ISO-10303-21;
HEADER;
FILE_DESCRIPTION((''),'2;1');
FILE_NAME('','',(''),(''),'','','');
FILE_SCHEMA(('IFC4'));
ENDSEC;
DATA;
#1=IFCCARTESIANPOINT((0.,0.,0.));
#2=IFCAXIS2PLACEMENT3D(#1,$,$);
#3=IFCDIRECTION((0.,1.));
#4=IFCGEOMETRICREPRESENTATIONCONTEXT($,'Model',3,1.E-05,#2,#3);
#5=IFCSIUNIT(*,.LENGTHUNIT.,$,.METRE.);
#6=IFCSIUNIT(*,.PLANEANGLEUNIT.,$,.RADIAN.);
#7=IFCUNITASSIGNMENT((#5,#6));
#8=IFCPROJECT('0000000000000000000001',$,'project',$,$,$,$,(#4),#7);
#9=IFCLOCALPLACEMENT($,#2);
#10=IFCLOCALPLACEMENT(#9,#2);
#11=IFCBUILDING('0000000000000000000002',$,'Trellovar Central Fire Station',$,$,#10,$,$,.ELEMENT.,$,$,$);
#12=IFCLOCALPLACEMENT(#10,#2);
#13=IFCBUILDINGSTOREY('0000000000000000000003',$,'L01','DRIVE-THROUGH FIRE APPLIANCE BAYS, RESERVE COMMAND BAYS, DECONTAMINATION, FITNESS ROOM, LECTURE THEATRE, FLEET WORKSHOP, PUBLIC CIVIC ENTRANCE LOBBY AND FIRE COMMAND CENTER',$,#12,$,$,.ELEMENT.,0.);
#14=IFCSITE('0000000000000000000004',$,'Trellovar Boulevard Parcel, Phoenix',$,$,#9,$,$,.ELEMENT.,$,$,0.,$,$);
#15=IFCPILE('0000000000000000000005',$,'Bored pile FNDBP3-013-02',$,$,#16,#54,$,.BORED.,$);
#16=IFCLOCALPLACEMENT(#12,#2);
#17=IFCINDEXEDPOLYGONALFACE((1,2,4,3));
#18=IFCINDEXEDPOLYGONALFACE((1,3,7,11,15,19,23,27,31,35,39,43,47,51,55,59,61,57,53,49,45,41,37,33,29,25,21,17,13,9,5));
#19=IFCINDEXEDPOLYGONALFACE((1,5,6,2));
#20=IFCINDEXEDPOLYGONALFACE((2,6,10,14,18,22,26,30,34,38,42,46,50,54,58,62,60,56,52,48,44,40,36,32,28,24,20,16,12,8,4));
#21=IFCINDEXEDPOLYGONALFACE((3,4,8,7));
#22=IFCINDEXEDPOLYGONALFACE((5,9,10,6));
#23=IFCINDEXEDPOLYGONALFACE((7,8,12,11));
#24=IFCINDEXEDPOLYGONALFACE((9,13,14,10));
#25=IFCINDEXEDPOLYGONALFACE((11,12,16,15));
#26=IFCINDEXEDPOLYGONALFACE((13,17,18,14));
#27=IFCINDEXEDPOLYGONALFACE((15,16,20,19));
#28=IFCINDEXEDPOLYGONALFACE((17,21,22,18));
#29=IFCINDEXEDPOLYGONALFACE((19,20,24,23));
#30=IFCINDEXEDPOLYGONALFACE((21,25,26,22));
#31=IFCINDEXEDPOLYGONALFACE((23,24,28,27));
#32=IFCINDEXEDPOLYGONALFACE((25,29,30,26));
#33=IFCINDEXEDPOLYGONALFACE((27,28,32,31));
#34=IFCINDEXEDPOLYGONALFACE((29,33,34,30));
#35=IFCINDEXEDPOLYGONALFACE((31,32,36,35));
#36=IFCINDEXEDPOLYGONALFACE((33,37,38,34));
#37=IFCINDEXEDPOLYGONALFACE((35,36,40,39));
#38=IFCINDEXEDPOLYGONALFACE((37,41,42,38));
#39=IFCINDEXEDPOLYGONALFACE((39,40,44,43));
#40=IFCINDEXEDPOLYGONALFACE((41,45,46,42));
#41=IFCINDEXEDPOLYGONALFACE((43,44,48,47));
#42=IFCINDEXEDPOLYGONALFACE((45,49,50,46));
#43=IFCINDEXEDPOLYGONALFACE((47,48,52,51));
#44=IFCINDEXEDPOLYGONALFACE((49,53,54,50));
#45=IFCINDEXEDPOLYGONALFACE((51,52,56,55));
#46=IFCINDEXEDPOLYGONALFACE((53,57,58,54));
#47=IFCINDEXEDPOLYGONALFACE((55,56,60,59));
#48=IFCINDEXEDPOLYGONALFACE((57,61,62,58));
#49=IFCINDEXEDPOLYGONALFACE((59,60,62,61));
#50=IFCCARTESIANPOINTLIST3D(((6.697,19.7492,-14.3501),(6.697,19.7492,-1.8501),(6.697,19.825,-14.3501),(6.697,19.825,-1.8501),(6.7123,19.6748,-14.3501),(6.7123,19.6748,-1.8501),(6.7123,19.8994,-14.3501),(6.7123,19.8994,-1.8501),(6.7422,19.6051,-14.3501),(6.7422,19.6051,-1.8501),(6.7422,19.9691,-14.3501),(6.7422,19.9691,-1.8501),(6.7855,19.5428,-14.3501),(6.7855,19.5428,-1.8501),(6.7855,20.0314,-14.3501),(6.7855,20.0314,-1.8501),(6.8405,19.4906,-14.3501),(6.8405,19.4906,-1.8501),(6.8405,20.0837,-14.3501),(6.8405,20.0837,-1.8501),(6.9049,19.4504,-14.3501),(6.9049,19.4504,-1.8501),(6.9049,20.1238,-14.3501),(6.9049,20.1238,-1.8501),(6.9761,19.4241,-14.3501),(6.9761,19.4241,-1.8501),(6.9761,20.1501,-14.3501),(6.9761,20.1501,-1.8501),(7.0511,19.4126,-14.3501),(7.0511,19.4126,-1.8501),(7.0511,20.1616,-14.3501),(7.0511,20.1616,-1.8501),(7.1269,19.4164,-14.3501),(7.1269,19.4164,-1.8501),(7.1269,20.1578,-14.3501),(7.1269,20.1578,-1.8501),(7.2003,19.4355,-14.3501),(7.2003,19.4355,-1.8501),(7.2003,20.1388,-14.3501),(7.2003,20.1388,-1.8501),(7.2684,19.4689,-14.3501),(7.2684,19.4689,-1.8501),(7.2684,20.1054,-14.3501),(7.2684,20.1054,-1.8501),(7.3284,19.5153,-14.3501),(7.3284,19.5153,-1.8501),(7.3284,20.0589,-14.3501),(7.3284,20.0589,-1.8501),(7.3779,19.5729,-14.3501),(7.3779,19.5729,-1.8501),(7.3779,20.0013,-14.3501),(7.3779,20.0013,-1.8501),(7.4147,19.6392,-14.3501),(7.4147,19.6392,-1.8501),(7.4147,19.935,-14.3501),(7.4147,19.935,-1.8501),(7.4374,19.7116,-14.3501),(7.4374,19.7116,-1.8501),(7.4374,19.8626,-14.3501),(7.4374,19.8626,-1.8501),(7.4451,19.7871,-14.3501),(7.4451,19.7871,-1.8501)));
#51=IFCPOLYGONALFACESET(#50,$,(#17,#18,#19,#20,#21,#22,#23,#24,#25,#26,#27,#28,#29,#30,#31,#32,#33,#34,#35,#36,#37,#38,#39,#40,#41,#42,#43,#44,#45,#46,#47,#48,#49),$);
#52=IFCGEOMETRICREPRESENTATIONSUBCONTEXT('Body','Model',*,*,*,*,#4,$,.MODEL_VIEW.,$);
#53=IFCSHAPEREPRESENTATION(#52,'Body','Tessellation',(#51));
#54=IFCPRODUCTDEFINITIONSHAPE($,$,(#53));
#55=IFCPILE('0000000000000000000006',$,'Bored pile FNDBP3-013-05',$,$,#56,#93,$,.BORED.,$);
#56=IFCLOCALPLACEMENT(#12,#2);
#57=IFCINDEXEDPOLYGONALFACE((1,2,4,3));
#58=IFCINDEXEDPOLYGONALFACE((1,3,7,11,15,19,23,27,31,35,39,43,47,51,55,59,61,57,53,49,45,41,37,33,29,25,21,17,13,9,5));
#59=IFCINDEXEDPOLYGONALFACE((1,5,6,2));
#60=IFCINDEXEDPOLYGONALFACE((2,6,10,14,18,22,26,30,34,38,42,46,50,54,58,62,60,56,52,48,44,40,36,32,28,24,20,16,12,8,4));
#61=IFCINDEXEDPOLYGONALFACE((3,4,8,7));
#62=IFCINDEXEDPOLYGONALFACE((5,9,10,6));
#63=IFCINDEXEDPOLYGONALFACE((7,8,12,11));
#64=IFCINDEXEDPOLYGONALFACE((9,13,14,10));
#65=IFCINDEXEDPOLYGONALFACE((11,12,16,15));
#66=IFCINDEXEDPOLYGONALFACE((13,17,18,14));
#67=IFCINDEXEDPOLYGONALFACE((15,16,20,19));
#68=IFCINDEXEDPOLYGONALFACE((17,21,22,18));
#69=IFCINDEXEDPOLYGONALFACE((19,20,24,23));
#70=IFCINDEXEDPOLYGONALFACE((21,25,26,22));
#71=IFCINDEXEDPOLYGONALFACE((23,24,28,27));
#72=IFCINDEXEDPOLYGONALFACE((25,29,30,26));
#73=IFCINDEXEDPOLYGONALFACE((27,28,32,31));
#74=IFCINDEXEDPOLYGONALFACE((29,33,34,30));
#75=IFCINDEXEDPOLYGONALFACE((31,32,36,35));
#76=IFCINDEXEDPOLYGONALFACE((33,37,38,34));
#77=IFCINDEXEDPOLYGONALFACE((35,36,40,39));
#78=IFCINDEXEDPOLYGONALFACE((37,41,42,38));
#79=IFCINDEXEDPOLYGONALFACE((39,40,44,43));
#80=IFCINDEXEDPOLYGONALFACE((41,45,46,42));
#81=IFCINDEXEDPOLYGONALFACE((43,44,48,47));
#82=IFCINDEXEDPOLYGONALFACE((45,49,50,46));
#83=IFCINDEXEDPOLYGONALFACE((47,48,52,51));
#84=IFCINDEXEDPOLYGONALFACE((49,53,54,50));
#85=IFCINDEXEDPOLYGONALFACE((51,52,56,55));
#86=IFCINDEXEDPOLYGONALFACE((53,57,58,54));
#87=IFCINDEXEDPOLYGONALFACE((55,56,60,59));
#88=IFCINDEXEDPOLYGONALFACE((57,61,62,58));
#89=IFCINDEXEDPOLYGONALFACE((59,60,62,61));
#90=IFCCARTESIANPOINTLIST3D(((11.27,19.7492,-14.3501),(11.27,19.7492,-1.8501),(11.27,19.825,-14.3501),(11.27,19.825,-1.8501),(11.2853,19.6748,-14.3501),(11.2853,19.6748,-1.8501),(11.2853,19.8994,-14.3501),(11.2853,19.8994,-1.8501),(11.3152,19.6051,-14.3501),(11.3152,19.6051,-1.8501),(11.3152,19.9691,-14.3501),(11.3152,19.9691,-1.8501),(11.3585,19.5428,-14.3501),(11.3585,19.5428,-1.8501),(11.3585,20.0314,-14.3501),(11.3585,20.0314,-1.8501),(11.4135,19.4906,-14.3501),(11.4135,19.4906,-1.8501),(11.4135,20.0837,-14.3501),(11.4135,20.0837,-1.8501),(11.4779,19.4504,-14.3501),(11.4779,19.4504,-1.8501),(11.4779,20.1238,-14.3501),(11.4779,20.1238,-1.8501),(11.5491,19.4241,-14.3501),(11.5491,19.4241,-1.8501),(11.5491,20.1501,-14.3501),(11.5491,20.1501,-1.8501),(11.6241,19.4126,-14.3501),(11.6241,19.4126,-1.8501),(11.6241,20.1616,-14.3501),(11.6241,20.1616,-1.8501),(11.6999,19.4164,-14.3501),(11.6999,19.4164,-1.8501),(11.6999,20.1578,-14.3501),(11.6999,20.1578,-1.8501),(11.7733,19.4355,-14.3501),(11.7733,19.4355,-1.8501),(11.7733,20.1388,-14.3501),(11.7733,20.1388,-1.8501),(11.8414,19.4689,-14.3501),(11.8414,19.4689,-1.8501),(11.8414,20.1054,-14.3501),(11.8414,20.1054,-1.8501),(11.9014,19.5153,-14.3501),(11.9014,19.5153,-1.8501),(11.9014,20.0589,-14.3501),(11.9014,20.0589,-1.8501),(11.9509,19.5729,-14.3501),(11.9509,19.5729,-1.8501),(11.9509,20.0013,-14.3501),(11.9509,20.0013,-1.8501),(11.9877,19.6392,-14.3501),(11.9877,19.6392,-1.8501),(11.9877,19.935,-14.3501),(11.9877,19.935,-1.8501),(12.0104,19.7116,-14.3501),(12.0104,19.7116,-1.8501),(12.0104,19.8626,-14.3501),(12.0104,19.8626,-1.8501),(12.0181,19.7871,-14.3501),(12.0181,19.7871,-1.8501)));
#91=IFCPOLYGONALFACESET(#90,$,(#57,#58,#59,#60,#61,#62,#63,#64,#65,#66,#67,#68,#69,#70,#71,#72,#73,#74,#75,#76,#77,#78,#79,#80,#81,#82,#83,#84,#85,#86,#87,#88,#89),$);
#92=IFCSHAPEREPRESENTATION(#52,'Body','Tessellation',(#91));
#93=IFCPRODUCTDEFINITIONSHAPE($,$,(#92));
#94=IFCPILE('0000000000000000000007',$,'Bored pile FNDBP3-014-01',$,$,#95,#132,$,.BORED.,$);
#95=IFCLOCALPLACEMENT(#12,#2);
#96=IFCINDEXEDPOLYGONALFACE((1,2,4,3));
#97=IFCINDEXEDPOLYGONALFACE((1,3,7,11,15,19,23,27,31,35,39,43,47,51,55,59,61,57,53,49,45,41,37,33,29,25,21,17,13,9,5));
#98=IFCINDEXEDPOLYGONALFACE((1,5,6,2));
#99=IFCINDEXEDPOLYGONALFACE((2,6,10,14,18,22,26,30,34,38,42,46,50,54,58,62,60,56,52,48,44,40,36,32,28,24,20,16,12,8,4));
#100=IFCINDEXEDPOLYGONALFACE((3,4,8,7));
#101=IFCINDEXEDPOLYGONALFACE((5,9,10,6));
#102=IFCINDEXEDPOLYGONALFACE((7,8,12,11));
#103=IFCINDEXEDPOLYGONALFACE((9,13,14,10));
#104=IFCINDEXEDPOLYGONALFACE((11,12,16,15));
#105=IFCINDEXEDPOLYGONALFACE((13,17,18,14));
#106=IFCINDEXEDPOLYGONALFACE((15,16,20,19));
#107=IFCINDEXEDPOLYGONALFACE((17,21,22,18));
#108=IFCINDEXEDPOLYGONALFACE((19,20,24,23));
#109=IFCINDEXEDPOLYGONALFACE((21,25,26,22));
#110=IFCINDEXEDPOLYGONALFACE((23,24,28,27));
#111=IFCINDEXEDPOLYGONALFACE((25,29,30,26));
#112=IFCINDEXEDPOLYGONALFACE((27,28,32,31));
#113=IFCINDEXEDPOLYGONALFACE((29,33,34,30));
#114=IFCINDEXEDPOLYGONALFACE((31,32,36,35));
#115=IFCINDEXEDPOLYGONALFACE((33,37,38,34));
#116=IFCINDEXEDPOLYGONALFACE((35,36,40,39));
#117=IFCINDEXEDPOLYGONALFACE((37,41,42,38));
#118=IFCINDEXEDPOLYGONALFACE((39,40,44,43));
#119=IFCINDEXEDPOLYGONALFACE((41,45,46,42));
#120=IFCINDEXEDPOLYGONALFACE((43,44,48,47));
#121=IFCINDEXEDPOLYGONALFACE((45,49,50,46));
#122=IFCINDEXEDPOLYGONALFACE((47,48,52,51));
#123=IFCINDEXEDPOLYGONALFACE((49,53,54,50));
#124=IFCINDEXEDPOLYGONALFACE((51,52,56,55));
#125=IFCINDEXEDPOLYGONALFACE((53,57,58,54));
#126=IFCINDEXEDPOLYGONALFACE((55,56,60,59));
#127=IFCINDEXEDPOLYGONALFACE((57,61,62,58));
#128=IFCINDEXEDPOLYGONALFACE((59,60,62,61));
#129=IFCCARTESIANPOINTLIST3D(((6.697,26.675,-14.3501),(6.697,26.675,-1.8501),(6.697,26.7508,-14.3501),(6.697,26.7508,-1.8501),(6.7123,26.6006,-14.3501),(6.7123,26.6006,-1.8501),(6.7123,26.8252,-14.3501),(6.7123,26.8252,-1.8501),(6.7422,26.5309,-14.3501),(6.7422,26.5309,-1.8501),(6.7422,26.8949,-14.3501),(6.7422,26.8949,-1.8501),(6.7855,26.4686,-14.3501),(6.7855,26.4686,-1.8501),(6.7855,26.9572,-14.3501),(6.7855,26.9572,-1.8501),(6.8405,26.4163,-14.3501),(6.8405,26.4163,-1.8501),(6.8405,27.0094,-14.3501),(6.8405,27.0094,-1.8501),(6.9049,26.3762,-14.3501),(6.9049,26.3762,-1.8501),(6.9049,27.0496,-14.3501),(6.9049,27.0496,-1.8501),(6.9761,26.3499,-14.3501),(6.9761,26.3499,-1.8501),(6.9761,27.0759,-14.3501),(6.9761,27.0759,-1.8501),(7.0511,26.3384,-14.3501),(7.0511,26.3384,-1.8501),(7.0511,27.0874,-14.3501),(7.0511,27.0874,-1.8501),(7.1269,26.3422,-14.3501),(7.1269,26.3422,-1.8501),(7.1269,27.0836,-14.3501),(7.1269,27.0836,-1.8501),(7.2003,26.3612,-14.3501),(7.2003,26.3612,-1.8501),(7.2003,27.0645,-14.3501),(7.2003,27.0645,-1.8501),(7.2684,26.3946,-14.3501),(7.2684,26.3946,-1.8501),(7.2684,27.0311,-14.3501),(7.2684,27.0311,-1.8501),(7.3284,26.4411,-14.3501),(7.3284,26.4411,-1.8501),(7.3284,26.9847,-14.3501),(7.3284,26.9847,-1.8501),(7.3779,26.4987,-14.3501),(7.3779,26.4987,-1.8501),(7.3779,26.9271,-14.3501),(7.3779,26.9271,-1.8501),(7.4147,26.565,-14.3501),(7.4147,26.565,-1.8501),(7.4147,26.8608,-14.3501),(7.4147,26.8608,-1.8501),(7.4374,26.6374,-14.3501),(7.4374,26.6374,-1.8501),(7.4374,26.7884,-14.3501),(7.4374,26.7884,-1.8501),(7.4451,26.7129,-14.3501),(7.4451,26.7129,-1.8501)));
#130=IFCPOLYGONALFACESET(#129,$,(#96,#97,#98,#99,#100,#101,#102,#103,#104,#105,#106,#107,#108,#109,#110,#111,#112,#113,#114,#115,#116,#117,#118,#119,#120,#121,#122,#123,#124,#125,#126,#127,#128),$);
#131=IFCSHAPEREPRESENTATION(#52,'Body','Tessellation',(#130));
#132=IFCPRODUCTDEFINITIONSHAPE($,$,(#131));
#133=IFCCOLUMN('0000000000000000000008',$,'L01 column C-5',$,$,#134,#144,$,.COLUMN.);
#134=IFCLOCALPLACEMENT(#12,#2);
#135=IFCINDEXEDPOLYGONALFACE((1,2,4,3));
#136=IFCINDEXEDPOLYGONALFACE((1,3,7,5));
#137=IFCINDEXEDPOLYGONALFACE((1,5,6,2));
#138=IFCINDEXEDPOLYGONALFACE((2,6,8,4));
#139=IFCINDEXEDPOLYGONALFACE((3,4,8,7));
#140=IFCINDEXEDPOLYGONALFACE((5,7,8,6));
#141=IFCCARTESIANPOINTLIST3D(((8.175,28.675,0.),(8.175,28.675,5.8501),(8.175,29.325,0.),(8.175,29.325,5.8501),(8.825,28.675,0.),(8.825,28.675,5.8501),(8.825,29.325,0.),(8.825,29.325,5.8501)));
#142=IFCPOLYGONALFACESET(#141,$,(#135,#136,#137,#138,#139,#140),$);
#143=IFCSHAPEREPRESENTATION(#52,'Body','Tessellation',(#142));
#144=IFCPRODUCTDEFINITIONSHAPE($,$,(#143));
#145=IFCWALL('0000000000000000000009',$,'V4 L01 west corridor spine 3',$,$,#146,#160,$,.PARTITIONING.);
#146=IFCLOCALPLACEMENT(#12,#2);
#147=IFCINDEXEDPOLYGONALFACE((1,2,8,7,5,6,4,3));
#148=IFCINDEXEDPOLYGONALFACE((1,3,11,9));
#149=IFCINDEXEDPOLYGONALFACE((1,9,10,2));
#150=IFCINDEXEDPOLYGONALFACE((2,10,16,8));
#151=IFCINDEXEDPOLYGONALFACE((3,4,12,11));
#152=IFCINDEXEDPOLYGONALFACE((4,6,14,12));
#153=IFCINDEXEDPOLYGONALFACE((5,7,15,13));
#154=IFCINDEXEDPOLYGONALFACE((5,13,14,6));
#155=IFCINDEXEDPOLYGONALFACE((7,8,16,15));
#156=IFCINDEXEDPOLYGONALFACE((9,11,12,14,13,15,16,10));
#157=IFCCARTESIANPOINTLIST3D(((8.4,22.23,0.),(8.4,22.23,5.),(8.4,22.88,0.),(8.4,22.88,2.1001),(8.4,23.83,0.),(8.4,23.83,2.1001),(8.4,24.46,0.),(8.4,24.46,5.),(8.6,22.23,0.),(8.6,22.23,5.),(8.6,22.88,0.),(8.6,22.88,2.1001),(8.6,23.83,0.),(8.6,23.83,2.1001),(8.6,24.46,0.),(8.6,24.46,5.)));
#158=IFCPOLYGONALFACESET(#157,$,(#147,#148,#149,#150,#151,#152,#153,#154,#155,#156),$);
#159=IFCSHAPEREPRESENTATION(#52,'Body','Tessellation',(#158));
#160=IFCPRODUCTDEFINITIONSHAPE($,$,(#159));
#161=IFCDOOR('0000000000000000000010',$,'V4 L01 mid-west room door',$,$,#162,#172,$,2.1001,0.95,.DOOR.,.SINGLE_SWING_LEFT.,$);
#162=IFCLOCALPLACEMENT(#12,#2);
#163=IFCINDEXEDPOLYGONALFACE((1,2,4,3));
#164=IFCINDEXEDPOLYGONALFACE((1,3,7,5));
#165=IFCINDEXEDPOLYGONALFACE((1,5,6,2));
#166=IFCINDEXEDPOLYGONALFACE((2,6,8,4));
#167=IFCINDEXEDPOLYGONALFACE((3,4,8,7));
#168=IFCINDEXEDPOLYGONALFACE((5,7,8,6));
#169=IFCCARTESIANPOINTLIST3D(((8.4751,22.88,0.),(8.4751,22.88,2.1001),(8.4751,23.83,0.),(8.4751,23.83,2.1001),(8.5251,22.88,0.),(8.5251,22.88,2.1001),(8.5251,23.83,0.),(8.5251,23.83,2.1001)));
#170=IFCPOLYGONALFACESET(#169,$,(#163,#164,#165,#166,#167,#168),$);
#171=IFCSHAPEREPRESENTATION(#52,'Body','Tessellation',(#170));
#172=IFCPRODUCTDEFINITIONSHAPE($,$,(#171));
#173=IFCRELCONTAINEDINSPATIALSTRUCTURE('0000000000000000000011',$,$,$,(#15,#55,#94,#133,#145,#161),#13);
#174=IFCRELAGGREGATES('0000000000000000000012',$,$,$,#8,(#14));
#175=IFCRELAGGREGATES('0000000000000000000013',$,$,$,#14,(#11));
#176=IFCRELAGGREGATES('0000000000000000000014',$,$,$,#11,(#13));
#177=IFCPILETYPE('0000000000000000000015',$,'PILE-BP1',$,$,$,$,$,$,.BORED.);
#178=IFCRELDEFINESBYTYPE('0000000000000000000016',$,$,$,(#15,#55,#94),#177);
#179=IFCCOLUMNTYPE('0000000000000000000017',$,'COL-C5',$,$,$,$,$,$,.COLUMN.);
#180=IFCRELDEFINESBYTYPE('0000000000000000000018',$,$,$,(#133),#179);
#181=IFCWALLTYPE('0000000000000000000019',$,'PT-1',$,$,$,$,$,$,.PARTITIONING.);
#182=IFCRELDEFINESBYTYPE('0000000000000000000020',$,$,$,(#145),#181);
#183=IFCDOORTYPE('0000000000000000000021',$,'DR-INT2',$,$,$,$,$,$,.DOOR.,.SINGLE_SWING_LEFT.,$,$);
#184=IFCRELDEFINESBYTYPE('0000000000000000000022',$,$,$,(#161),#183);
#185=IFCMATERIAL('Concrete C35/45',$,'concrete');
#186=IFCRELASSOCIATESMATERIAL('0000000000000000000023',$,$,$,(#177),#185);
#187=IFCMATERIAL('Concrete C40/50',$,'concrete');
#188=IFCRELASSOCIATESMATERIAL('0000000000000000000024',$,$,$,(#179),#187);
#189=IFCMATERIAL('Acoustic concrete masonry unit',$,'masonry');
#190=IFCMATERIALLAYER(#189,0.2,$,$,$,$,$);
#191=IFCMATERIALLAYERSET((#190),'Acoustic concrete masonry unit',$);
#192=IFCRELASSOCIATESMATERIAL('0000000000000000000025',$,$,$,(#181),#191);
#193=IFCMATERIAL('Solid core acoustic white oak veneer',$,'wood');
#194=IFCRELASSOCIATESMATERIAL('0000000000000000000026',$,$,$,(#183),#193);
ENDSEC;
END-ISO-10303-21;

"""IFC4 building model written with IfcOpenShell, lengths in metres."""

from ifc_helpers import new_model, si_unit, direction, frame, frame_2d, origin, origin_2d, place, context, subcontext, project, spatial, rectangle, circle, extrude, material, layer, layer_set, material_profile, profile_set, type_object, element, fill, save


model = new_model("IFC4")

# Units and contexts
model_context = context("Model", 3, precision=1e-05, world=origin(), true_north=direction((0.0, 1.0)))
body_context = subcontext(model_context, "Body", "Model", "MODEL_VIEW")
ifc_project = project(units=[si_unit("LENGTHUNIT", "METRE"), si_unit("PLANEANGLEUNIT", "RADIAN")], contexts=[model_context])

# Site, building, storey
site_placement = place(None, origin())
site = spatial("IfcSite", under=ifc_project, at=site_placement, Name="Trellovar Boulevard Parcel, Phoenix", CompositionType="ELEMENT", RefElevation=0.0)
building_placement = place(site_placement, origin())
building = spatial("IfcBuilding", under=site, at=building_placement, Name="Trellovar Central Fire Station", CompositionType="ELEMENT")
storey_placement = place(building_placement, origin())
storey = spatial("IfcBuildingStorey", under=building, at=storey_placement, Name="L01", Description="DRIVE-THROUGH FIRE APPLIANCE BAYS, RESERVE COMMAND BAYS, DECONTAMINATION, FITNESS ROOM, LECTURE THEATRE, FLEET WORKSHOP, PUBLIC CIVIC ENTRANCE LOBBY AND FIRE COMMAND CENTER", CompositionType="ELEMENT", Elevation=0.0)

# Piles
ifc_material_1 = material(Name="Concrete C35/45", Category="concrete")
ifc_material_profile_1 = material_profile(ifc_material_1, circle(Radius=0.375, at=origin_2d()), Name="PILE750")
ifc_profile_set_1 = profile_set([ifc_material_profile_1], Name="Concrete C35/45")
pile_type = type_object("IfcPileType", Name="PILE-BP1", PredefinedType="BORED", material=ifc_profile_set_1)
for number, where, z_axis, x_axis, name in (
    (1, (7.0701, 19.7871, -1.8501), (0.0, 0.0, -1.0), (1.0, 0.0, 0.0), "Bored pile FNDBP3-013-02"),
    (2, (11.6431, 19.7871, -1.8501), (0.0, 0.0, -1.0), (1.0, 0.0, 0.0), "Bored pile FNDBP3-013-05"),
    (3, (7.0701, 26.7129, -1.8501), (0.0, 0.0, -1.0), (1.0, 0.0, 0.0), "Bored pile FNDBP3-014-01"),
):
    element("IfcPile", number, at=place(storey_placement, frame(where, z_axis=z_axis, x_axis=x_axis)), inside=storey, type_object=pile_type, Name=name, PredefinedType="BORED", context=body_context, shape_type="SweptSolid", body=[
        extrude(circle(Radius=0.375, at=origin_2d()), origin(), (0.0, 0.0, 1.0), 12.5),
    ])

# Column
ifc_material_2 = material(Name="Concrete C40/50", Category="concrete")
ifc_material_profile_2 = material_profile(ifc_material_2, rectangle(XDim=0.6499, YDim=0.6499, at=origin_2d()), Name="RC650X650")
ifc_profile_set_2 = profile_set([ifc_material_profile_2], Name="Concrete C40/50")
column_type = type_object("IfcColumnType", Name="COL-C5", PredefinedType="COLUMN", material=ifc_profile_set_2)
column_placement = place(storey_placement, frame((8.5, 29.0, 0.0), z_axis=(0.0, 0.0, 1.0), x_axis=(1.0, 0.0, 0.0)))
element("IfcColumn", 4, at=column_placement, inside=storey, type_object=column_type, Name="L01 column C-5", PredefinedType="COLUMN", context=body_context, shape_type="SweptSolid", body=[
    extrude(rectangle(XDim=0.6499, YDim=0.6499, at=origin_2d()), origin(), (0.0, 0.0, 1.0), 5.8501),
])

# Wall, opening, door
ifc_material_3 = material(Name="Acoustic concrete masonry unit", Category="masonry")
ifc_layer_1 = layer(ifc_material_3, 0.2)
ifc_layer_set_1 = layer_set([ifc_layer_1], Name="Acoustic concrete masonry unit")
wall_type_1 = type_object("IfcWallType", Name="PT-1", PredefinedType="PARTITIONING", material=ifc_layer_set_1)
wall_1_placement = place(storey_placement, frame((8.5, 22.23, 0.0), z_axis=(0.0, 0.0, 1.0), x_axis=(0.0, 1.0, 0.0)))
wall_1 = element("IfcWall", 5, at=wall_1_placement, inside=storey, type_object=wall_type_1, Name="V4 L01 west corridor spine 3", PredefinedType="PARTITIONING", context=body_context, shape_type="SweptSolid", body=[
    extrude(rectangle(XDim=2.23, YDim=0.2, at=frame_2d((1.115, 0.0))), origin(), (0.0, 0.0, 1.0), 5.0),
])
opening_1_placement = place(wall_1_placement, frame((0.6499, 0.0, 0.0)))
opening_1 = element("IfcOpeningElement", 6, at=opening_1_placement, cuts=wall_1, PredefinedType="OPENING", context=body_context, shape_type="SweptSolid", body=[
    extrude(rectangle(XDim=0.95, YDim=2.1001, at=frame_2d((0.4751, 1.05))), frame((0.0, 0.1099, 0.0), z_axis=(0.0, -1.0, 0.0), x_axis=(1.0, 0.0, 0.0)), (0.0, 0.0, 1.0), 0.22),
])
ifc_material_4 = material(Name="Solid core acoustic white oak veneer", Category="wood")
door_type_1 = type_object("IfcDoorType", Name="DR-INT2", OperationType="SINGLE_SWING_LEFT", PredefinedType="DOOR", material=ifc_material_4)
door_1_placement = place(opening_1_placement, origin())
door_1 = element("IfcDoor", 7, at=door_1_placement, inside=storey, type_object=door_type_1, Name="V4 L01 mid-west room door", OperationType="SINGLE_SWING_LEFT", OverallHeight=2.1001, OverallWidth=0.95, PredefinedType="DOOR", context=body_context, shape_type="SweptSolid", body=[
    extrude(rectangle(XDim=0.95, YDim=2.1001, at=frame_2d((0.4751, 1.05))), frame((0.0, 0.0249, 0.0), z_axis=(0.0, -1.0, 0.0), x_axis=(1.0, 0.0, 0.0)), (0.0, 0.0, 1.0), 0.05),
])
fill(opening_1, door_1)

save(model, "model.ifc")
